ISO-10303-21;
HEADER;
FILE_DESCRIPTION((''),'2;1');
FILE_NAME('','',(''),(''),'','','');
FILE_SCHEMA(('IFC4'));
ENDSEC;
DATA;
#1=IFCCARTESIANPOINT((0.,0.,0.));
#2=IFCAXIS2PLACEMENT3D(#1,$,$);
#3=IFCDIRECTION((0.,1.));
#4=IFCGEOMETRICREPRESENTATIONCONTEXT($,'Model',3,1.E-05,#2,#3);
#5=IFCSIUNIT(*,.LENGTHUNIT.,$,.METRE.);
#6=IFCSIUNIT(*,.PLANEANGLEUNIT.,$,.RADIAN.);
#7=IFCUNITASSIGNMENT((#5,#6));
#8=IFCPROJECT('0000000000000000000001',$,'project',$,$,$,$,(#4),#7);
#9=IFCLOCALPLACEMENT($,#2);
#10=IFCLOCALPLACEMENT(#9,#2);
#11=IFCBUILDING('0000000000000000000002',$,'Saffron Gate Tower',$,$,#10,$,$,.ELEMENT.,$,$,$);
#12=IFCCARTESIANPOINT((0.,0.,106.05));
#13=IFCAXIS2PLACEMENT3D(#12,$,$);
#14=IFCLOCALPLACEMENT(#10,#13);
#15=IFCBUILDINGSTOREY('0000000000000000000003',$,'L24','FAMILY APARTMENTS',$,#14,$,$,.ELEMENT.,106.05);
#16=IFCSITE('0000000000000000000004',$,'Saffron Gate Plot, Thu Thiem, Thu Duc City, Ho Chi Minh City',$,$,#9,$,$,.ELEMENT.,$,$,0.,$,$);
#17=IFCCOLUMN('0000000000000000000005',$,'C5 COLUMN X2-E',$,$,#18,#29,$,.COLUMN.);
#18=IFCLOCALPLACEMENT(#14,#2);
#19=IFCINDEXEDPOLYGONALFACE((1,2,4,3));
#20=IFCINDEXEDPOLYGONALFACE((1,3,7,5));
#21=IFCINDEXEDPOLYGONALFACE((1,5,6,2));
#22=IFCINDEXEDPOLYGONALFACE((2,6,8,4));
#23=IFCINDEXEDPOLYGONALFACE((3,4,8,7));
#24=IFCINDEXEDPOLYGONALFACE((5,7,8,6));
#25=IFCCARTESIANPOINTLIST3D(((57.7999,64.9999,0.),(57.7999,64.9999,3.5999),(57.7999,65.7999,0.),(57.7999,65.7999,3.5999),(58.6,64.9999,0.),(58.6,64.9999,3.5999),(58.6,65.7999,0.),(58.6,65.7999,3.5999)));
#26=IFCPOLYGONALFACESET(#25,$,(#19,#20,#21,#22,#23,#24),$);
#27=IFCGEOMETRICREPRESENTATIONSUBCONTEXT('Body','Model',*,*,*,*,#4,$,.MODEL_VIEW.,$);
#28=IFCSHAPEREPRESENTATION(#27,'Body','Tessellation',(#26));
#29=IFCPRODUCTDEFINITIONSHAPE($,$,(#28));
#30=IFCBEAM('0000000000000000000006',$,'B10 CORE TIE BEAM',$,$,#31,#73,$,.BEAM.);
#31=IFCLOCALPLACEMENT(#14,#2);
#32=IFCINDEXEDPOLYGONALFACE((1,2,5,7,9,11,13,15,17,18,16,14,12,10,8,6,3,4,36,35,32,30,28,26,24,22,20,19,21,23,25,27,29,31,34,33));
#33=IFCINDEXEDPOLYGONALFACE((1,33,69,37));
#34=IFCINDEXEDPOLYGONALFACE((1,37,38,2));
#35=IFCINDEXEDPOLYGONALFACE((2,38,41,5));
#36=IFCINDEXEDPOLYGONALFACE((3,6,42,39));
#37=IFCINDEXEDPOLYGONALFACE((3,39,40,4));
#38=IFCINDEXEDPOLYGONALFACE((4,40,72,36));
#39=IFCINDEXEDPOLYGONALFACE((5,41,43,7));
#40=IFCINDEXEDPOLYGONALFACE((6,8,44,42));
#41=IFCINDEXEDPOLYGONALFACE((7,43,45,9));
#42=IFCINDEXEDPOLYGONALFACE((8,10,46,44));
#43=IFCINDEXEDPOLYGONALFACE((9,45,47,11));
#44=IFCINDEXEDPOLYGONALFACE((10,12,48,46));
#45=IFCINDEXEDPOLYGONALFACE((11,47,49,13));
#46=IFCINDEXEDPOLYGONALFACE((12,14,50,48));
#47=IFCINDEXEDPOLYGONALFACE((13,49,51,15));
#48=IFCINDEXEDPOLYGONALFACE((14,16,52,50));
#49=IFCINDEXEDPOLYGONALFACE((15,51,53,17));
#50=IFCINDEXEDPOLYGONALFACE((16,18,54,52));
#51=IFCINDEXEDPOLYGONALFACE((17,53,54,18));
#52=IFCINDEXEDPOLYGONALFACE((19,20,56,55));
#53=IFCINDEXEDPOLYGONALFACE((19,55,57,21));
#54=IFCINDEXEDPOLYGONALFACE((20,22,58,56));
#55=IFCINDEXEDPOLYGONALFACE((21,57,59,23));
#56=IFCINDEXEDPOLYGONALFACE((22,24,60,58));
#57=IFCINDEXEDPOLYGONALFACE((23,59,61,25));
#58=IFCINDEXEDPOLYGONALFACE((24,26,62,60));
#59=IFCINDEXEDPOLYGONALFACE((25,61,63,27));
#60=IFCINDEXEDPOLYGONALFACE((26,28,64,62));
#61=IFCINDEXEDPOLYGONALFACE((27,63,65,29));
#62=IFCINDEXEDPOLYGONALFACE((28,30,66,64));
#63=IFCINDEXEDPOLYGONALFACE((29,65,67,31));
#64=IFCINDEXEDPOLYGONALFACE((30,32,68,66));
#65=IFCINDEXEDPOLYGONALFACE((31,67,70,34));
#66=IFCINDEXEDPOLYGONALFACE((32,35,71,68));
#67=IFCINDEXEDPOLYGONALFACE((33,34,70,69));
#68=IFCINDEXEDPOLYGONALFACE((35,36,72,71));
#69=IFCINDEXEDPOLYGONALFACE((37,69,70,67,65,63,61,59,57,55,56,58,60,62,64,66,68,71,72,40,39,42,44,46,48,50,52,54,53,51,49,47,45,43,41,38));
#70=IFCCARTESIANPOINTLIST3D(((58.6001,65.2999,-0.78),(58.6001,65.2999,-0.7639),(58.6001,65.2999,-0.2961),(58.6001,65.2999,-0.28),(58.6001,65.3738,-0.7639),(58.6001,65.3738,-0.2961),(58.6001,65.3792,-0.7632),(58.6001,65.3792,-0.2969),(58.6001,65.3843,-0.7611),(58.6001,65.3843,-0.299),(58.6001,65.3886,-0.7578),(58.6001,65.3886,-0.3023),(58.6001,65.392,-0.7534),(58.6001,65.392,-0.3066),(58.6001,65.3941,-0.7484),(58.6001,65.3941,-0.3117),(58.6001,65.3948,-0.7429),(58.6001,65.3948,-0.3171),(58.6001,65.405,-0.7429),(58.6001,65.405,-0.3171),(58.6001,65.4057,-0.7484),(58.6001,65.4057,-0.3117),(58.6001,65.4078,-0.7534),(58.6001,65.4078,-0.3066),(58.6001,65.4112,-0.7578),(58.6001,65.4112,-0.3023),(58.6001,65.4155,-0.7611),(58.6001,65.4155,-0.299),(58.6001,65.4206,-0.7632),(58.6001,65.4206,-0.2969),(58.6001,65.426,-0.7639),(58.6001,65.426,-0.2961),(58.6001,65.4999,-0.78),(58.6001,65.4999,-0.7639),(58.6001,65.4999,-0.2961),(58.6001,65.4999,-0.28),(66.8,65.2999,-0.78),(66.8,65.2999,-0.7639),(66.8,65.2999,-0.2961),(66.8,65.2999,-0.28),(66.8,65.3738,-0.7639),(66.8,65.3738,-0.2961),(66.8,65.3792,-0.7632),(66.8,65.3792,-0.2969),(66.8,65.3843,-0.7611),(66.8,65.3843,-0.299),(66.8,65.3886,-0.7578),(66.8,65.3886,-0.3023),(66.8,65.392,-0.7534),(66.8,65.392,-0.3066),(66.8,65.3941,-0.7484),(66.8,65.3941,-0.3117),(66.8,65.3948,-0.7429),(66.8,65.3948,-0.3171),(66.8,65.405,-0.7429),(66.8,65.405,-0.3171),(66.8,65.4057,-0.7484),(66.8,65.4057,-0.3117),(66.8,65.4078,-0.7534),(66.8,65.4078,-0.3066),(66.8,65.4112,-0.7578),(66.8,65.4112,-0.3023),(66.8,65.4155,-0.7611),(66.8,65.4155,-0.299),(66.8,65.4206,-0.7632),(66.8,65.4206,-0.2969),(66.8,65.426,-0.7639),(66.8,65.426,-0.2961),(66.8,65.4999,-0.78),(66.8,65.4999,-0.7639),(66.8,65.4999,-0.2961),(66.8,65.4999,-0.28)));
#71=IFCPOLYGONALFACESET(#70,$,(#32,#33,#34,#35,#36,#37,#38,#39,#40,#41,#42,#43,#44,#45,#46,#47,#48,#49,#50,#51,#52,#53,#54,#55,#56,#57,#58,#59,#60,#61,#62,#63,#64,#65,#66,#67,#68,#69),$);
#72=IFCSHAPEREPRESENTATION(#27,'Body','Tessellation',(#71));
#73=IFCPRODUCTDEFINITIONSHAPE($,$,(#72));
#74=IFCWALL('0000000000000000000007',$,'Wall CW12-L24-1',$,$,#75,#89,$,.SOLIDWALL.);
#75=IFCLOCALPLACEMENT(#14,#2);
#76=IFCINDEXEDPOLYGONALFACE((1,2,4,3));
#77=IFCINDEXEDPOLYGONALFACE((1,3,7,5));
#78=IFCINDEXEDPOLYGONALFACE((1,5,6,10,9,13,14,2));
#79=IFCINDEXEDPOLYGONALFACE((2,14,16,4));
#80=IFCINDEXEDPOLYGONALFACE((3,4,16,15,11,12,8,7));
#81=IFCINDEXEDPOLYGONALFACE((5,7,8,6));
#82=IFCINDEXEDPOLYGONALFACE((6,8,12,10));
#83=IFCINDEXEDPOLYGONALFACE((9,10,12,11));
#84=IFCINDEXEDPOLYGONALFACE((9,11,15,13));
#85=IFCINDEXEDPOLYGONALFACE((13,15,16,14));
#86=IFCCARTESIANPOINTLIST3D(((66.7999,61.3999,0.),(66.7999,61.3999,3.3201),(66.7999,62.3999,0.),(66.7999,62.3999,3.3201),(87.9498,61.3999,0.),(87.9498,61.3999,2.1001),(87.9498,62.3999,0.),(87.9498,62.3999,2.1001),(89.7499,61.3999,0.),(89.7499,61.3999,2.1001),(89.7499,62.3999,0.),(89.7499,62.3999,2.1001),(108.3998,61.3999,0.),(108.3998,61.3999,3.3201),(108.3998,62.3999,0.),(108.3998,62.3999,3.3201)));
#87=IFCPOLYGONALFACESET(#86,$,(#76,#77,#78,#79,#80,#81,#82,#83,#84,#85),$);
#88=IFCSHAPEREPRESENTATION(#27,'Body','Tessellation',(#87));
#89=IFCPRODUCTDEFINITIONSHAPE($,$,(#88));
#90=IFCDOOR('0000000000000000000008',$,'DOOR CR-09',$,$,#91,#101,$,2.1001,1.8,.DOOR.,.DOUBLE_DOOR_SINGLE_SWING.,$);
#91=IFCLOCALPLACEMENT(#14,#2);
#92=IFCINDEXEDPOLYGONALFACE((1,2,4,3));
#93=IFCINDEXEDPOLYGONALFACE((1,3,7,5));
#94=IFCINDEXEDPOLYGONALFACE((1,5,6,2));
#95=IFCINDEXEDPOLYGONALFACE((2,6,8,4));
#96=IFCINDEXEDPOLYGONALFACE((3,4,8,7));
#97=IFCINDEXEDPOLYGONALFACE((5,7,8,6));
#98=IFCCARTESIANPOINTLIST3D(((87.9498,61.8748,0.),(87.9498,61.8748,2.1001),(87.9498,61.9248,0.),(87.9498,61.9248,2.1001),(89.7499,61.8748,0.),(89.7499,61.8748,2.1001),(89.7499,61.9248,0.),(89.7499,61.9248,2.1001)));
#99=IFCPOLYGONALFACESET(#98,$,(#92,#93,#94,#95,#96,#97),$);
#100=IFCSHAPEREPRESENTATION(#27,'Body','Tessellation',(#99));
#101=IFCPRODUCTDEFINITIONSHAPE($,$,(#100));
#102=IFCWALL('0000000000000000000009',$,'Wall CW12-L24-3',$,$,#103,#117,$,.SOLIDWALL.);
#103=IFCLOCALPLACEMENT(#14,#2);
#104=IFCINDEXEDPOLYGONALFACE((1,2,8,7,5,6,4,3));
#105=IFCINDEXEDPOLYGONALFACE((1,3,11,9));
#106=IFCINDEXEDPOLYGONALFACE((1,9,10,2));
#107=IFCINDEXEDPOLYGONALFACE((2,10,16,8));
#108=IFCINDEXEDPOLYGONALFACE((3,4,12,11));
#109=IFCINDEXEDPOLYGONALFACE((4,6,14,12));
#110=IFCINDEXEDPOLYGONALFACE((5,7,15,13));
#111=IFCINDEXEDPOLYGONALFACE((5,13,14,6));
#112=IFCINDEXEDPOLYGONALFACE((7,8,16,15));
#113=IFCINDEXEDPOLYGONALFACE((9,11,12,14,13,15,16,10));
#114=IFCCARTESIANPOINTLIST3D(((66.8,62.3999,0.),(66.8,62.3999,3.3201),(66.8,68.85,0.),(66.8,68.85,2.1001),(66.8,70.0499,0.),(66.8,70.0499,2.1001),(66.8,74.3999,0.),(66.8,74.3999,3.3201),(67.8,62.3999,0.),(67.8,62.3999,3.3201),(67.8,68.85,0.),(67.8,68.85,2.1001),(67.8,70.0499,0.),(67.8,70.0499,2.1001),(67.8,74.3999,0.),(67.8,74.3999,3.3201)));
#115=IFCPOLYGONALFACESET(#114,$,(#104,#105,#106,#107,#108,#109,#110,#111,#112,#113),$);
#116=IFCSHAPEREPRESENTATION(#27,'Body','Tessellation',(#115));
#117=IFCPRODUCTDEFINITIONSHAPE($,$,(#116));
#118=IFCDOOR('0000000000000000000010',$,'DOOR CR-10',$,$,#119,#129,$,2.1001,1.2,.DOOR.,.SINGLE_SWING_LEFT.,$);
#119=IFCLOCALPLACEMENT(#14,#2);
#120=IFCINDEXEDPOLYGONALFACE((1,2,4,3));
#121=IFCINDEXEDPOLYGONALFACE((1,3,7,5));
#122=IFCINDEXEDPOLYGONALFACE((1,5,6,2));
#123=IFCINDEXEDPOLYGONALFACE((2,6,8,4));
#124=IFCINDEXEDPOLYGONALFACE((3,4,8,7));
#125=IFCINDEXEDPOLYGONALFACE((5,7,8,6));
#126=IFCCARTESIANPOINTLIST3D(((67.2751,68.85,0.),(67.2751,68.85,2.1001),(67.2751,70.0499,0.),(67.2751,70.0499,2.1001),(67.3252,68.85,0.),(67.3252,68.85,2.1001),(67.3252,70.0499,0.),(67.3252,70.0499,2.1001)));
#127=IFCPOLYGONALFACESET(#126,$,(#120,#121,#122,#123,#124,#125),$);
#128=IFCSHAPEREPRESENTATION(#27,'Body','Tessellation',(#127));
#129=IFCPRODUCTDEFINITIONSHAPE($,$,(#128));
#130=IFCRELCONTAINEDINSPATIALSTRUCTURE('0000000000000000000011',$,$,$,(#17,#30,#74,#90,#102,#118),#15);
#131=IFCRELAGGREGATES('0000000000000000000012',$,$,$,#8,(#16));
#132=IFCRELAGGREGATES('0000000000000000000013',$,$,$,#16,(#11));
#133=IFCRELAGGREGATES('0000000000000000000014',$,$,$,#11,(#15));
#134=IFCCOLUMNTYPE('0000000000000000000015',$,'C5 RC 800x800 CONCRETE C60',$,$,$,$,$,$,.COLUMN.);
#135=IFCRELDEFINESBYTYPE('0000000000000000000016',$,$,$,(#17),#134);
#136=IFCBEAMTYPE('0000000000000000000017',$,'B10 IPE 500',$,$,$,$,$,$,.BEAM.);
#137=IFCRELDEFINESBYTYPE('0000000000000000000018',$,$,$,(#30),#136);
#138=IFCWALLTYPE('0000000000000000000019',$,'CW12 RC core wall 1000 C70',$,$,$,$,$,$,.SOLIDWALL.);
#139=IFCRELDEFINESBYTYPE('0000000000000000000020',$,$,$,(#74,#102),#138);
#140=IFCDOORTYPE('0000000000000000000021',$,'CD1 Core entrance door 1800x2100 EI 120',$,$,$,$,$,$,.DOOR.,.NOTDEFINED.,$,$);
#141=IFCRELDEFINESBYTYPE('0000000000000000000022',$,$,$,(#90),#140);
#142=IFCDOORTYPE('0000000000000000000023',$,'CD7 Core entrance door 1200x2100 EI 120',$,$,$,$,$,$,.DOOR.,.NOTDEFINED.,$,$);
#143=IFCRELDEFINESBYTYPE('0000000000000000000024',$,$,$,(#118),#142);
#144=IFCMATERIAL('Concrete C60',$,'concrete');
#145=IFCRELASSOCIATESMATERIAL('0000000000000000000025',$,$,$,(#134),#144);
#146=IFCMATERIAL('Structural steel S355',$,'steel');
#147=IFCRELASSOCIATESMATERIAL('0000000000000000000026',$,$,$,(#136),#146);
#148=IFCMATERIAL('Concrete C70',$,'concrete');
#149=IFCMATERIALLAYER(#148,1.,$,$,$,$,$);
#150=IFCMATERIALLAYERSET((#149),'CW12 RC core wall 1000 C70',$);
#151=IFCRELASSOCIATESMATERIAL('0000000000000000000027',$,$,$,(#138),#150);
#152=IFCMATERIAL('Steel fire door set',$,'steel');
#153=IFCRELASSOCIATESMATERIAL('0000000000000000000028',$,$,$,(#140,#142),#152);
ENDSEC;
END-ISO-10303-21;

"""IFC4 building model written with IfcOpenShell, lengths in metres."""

from ifc_helpers import new_model, si_unit, direction, frame, frame_2d, origin, origin_2d, place, context, subcontext, project, spatial, rectangle, i_section, extrude, material, layer, layer_set, material_profile, profile_set, type_object, element, fill, save


model = new_model("IFC4")

# Units and contexts
model_context = context("Model", 3, precision=1e-05, world=origin(), true_north=direction((0.0, 1.0)))
body_context = subcontext(model_context, "Body", "Model", "MODEL_VIEW")
ifc_project = project(units=[si_unit("LENGTHUNIT", "METRE"), si_unit("PLANEANGLEUNIT", "RADIAN")], contexts=[model_context])

# Site, building, storey
site_placement = place(None, origin())
site = spatial("IfcSite", under=ifc_project, at=site_placement, Name="Saffron Gate Plot, Thu Thiem, Thu Duc City, Ho Chi Minh City", CompositionType="ELEMENT", RefElevation=0.0)
building_placement = place(site_placement, origin())
building = spatial("IfcBuilding", under=site, at=building_placement, Name="Saffron Gate Tower", CompositionType="ELEMENT")
storey_placement = place(building_placement, frame((0.0, 0.0, 106.05)))
storey = spatial("IfcBuildingStorey", under=building, at=storey_placement, Name="L24", Description="FAMILY APARTMENTS", CompositionType="ELEMENT", Elevation=106.05)

# Column
ifc_material_1 = material(Name="Concrete C60", Category="concrete")
ifc_material_profile_1 = material_profile(ifc_material_1, rectangle(XDim=0.8, YDim=0.8, at=origin_2d()))
ifc_profile_set_1 = profile_set([ifc_material_profile_1], Name="Concrete C60")
column_type = type_object("IfcColumnType", Name="C5 RC 800x800 CONCRETE C60", PredefinedType="COLUMN", material=ifc_profile_set_1)
column_placement = place(storey_placement, frame((58.2, 65.3999, 0.0), z_axis=(0.0, 0.0, 1.0), x_axis=(1.0, 0.0, 0.0)))
element("IfcColumn", 1, at=column_placement, inside=storey, type_object=column_type, Name="C5 COLUMN X2-E", PredefinedType="COLUMN", context=body_context, shape_type="SweptSolid", body=[
    extrude(rectangle(XDim=0.8, YDim=0.8, at=origin_2d()), origin(), (0.0, 0.0, 1.0), 3.5999),
])

# Beam
ifc_material_2 = material(Name="Structural steel S355", Category="steel")
ifc_material_profile_2 = material_profile(ifc_material_2, i_section(OverallWidth=0.2, OverallDepth=0.5, WebThickness=0.0103, FlangeThickness=0.0161, FilletRadius=0.021, at=origin_2d()))
ifc_profile_set_2 = profile_set([ifc_material_profile_2], Name="Structural steel S355")
beam_type = type_object("IfcBeamType", Name="B10 IPE 500", PredefinedType="BEAM", material=ifc_profile_set_2)
beam_placement = place(storey_placement, frame((58.6001, 65.3999, -0.53), z_axis=(1.0, 0.0, 0.0), x_axis=(0.0, 1.0, 0.0)))
element("IfcBeam", 2, at=beam_placement, inside=storey, type_object=beam_type, Name="B10 CORE TIE BEAM", PredefinedType="BEAM", context=body_context, shape_type="SweptSolid", body=[
    extrude(i_section(OverallWidth=0.2, OverallDepth=0.5, WebThickness=0.0103, FlangeThickness=0.0161, FilletRadius=0.021, at=origin_2d()), origin(), (0.0, 0.0, 1.0), 8.2),
])

# Walls, openings, doors
ifc_material_3 = material(Name="Concrete C70", Category="concrete")
ifc_layer_1 = layer(ifc_material_3, 1.0)
ifc_layer_set_1 = layer_set([ifc_layer_1], Name="CW12 RC core wall 1000 C70")
wall_type_1 = type_object("IfcWallType", Name="CW12 RC core wall 1000 C70", PredefinedType="SOLIDWALL", material=ifc_layer_set_1)
wall_1_placement = place(storey_placement, frame((66.8, 61.8999, 0.0), z_axis=(0.0, 0.0, 1.0), x_axis=(1.0, 0.0, 0.0)))
wall_1 = element("IfcWall", 3, at=wall_1_placement, inside=storey, type_object=wall_type_1, Name="Wall CW12-L24-1", PredefinedType="SOLIDWALL", context=body_context, shape_type="SweptSolid", body=[
    extrude(rectangle(XDim=41.5999, YDim=1.0, at=frame_2d((20.7998, 0.0))), origin(), (0.0, 0.0, 1.0), 3.3201),
])
opening_1_placement = place(wall_1_placement, frame((21.1499, 0.0, 0.0)))
opening_1 = element("IfcOpeningElement", 4, at=opening_1_placement, cuts=wall_1, PredefinedType="OPENING", context=body_context, shape_type="SweptSolid", body=[
    extrude(rectangle(XDim=1.8, YDim=2.1001, at=frame_2d((0.8999, 1.05))), frame((0.0, 0.51, 0.0), z_axis=(0.0, -1.0, 0.0), x_axis=(1.0, 0.0, 0.0)), (0.0, 0.0, 1.0), 1.02),
])
ifc_material_4 = material(Name="Steel fire door set", Category="steel")
door_type_1 = type_object("IfcDoorType", Name="CD1 Core entrance door 1800x2100 EI 120", OperationType="NOTDEFINED", PredefinedType="DOOR", material=ifc_material_4)
door_1_placement = place(opening_1_placement, origin())
door_1 = element("IfcDoor", 5, at=door_1_placement, inside=storey, type_object=door_type_1, Name="DOOR CR-09", OperationType="DOUBLE_DOOR_SINGLE_SWING", OverallHeight=2.1001, OverallWidth=1.8, PredefinedType="DOOR", context=body_context, shape_type="SweptSolid", body=[
    extrude(rectangle(XDim=1.8, YDim=2.1001, at=frame_2d((0.8999, 1.05))), frame((0.0, 0.0249, 0.0), z_axis=(0.0, -1.0, 0.0), x_axis=(1.0, 0.0, 0.0)), (0.0, 0.0, 1.0), 0.05),
])
fill(opening_1, door_1)
wall_2_placement = place(storey_placement, frame((67.3, 62.3999, 0.0), z_axis=(0.0, 0.0, 1.0), x_axis=(0.0, 1.0, 0.0)))
wall_2 = element("IfcWall", 6, at=wall_2_placement, inside=storey, type_object=wall_type_1, Name="Wall CW12-L24-3", PredefinedType="SOLIDWALL", context=body_context, shape_type="SweptSolid", body=[
    extrude(rectangle(XDim=12.0, YDim=1.0, at=frame_2d((6.0, 0.0))), origin(), (0.0, 0.0, 1.0), 3.3201),
])
opening_2_placement = place(wall_2_placement, frame((6.45, 0.0, 0.0)))
opening_2 = element("IfcOpeningElement", 7, at=opening_2_placement, cuts=wall_2, PredefinedType="OPENING", context=body_context, shape_type="SweptSolid", body=[
    extrude(rectangle(XDim=1.2, YDim=2.1001, at=frame_2d((0.6001, 1.05))), frame((0.0, 0.51, 0.0), z_axis=(0.0, -1.0, 0.0), x_axis=(1.0, 0.0, 0.0)), (0.0, 0.0, 1.0), 1.02),
])
door_type_2 = type_object("IfcDoorType", Name="CD7 Core entrance door 1200x2100 EI 120", OperationType="NOTDEFINED", PredefinedType="DOOR", material=ifc_material_4)
door_2_placement = place(opening_2_placement, origin())
door_2 = element("IfcDoor", 8, at=door_2_placement, inside=storey, type_object=door_type_2, Name="DOOR CR-10", OperationType="SINGLE_SWING_LEFT", OverallHeight=2.1001, OverallWidth=1.2, PredefinedType="DOOR", context=body_context, shape_type="SweptSolid", body=[
    extrude(rectangle(XDim=1.2, YDim=2.1001, at=frame_2d((0.6001, 1.05))), frame((0.0, 0.0249, 0.0), z_axis=(0.0, -1.0, 0.0), x_axis=(1.0, 0.0, 0.0)), (0.0, 0.0, 1.0), 0.05),
])
fill(opening_2, door_2)

save(model, "model.ifc")
